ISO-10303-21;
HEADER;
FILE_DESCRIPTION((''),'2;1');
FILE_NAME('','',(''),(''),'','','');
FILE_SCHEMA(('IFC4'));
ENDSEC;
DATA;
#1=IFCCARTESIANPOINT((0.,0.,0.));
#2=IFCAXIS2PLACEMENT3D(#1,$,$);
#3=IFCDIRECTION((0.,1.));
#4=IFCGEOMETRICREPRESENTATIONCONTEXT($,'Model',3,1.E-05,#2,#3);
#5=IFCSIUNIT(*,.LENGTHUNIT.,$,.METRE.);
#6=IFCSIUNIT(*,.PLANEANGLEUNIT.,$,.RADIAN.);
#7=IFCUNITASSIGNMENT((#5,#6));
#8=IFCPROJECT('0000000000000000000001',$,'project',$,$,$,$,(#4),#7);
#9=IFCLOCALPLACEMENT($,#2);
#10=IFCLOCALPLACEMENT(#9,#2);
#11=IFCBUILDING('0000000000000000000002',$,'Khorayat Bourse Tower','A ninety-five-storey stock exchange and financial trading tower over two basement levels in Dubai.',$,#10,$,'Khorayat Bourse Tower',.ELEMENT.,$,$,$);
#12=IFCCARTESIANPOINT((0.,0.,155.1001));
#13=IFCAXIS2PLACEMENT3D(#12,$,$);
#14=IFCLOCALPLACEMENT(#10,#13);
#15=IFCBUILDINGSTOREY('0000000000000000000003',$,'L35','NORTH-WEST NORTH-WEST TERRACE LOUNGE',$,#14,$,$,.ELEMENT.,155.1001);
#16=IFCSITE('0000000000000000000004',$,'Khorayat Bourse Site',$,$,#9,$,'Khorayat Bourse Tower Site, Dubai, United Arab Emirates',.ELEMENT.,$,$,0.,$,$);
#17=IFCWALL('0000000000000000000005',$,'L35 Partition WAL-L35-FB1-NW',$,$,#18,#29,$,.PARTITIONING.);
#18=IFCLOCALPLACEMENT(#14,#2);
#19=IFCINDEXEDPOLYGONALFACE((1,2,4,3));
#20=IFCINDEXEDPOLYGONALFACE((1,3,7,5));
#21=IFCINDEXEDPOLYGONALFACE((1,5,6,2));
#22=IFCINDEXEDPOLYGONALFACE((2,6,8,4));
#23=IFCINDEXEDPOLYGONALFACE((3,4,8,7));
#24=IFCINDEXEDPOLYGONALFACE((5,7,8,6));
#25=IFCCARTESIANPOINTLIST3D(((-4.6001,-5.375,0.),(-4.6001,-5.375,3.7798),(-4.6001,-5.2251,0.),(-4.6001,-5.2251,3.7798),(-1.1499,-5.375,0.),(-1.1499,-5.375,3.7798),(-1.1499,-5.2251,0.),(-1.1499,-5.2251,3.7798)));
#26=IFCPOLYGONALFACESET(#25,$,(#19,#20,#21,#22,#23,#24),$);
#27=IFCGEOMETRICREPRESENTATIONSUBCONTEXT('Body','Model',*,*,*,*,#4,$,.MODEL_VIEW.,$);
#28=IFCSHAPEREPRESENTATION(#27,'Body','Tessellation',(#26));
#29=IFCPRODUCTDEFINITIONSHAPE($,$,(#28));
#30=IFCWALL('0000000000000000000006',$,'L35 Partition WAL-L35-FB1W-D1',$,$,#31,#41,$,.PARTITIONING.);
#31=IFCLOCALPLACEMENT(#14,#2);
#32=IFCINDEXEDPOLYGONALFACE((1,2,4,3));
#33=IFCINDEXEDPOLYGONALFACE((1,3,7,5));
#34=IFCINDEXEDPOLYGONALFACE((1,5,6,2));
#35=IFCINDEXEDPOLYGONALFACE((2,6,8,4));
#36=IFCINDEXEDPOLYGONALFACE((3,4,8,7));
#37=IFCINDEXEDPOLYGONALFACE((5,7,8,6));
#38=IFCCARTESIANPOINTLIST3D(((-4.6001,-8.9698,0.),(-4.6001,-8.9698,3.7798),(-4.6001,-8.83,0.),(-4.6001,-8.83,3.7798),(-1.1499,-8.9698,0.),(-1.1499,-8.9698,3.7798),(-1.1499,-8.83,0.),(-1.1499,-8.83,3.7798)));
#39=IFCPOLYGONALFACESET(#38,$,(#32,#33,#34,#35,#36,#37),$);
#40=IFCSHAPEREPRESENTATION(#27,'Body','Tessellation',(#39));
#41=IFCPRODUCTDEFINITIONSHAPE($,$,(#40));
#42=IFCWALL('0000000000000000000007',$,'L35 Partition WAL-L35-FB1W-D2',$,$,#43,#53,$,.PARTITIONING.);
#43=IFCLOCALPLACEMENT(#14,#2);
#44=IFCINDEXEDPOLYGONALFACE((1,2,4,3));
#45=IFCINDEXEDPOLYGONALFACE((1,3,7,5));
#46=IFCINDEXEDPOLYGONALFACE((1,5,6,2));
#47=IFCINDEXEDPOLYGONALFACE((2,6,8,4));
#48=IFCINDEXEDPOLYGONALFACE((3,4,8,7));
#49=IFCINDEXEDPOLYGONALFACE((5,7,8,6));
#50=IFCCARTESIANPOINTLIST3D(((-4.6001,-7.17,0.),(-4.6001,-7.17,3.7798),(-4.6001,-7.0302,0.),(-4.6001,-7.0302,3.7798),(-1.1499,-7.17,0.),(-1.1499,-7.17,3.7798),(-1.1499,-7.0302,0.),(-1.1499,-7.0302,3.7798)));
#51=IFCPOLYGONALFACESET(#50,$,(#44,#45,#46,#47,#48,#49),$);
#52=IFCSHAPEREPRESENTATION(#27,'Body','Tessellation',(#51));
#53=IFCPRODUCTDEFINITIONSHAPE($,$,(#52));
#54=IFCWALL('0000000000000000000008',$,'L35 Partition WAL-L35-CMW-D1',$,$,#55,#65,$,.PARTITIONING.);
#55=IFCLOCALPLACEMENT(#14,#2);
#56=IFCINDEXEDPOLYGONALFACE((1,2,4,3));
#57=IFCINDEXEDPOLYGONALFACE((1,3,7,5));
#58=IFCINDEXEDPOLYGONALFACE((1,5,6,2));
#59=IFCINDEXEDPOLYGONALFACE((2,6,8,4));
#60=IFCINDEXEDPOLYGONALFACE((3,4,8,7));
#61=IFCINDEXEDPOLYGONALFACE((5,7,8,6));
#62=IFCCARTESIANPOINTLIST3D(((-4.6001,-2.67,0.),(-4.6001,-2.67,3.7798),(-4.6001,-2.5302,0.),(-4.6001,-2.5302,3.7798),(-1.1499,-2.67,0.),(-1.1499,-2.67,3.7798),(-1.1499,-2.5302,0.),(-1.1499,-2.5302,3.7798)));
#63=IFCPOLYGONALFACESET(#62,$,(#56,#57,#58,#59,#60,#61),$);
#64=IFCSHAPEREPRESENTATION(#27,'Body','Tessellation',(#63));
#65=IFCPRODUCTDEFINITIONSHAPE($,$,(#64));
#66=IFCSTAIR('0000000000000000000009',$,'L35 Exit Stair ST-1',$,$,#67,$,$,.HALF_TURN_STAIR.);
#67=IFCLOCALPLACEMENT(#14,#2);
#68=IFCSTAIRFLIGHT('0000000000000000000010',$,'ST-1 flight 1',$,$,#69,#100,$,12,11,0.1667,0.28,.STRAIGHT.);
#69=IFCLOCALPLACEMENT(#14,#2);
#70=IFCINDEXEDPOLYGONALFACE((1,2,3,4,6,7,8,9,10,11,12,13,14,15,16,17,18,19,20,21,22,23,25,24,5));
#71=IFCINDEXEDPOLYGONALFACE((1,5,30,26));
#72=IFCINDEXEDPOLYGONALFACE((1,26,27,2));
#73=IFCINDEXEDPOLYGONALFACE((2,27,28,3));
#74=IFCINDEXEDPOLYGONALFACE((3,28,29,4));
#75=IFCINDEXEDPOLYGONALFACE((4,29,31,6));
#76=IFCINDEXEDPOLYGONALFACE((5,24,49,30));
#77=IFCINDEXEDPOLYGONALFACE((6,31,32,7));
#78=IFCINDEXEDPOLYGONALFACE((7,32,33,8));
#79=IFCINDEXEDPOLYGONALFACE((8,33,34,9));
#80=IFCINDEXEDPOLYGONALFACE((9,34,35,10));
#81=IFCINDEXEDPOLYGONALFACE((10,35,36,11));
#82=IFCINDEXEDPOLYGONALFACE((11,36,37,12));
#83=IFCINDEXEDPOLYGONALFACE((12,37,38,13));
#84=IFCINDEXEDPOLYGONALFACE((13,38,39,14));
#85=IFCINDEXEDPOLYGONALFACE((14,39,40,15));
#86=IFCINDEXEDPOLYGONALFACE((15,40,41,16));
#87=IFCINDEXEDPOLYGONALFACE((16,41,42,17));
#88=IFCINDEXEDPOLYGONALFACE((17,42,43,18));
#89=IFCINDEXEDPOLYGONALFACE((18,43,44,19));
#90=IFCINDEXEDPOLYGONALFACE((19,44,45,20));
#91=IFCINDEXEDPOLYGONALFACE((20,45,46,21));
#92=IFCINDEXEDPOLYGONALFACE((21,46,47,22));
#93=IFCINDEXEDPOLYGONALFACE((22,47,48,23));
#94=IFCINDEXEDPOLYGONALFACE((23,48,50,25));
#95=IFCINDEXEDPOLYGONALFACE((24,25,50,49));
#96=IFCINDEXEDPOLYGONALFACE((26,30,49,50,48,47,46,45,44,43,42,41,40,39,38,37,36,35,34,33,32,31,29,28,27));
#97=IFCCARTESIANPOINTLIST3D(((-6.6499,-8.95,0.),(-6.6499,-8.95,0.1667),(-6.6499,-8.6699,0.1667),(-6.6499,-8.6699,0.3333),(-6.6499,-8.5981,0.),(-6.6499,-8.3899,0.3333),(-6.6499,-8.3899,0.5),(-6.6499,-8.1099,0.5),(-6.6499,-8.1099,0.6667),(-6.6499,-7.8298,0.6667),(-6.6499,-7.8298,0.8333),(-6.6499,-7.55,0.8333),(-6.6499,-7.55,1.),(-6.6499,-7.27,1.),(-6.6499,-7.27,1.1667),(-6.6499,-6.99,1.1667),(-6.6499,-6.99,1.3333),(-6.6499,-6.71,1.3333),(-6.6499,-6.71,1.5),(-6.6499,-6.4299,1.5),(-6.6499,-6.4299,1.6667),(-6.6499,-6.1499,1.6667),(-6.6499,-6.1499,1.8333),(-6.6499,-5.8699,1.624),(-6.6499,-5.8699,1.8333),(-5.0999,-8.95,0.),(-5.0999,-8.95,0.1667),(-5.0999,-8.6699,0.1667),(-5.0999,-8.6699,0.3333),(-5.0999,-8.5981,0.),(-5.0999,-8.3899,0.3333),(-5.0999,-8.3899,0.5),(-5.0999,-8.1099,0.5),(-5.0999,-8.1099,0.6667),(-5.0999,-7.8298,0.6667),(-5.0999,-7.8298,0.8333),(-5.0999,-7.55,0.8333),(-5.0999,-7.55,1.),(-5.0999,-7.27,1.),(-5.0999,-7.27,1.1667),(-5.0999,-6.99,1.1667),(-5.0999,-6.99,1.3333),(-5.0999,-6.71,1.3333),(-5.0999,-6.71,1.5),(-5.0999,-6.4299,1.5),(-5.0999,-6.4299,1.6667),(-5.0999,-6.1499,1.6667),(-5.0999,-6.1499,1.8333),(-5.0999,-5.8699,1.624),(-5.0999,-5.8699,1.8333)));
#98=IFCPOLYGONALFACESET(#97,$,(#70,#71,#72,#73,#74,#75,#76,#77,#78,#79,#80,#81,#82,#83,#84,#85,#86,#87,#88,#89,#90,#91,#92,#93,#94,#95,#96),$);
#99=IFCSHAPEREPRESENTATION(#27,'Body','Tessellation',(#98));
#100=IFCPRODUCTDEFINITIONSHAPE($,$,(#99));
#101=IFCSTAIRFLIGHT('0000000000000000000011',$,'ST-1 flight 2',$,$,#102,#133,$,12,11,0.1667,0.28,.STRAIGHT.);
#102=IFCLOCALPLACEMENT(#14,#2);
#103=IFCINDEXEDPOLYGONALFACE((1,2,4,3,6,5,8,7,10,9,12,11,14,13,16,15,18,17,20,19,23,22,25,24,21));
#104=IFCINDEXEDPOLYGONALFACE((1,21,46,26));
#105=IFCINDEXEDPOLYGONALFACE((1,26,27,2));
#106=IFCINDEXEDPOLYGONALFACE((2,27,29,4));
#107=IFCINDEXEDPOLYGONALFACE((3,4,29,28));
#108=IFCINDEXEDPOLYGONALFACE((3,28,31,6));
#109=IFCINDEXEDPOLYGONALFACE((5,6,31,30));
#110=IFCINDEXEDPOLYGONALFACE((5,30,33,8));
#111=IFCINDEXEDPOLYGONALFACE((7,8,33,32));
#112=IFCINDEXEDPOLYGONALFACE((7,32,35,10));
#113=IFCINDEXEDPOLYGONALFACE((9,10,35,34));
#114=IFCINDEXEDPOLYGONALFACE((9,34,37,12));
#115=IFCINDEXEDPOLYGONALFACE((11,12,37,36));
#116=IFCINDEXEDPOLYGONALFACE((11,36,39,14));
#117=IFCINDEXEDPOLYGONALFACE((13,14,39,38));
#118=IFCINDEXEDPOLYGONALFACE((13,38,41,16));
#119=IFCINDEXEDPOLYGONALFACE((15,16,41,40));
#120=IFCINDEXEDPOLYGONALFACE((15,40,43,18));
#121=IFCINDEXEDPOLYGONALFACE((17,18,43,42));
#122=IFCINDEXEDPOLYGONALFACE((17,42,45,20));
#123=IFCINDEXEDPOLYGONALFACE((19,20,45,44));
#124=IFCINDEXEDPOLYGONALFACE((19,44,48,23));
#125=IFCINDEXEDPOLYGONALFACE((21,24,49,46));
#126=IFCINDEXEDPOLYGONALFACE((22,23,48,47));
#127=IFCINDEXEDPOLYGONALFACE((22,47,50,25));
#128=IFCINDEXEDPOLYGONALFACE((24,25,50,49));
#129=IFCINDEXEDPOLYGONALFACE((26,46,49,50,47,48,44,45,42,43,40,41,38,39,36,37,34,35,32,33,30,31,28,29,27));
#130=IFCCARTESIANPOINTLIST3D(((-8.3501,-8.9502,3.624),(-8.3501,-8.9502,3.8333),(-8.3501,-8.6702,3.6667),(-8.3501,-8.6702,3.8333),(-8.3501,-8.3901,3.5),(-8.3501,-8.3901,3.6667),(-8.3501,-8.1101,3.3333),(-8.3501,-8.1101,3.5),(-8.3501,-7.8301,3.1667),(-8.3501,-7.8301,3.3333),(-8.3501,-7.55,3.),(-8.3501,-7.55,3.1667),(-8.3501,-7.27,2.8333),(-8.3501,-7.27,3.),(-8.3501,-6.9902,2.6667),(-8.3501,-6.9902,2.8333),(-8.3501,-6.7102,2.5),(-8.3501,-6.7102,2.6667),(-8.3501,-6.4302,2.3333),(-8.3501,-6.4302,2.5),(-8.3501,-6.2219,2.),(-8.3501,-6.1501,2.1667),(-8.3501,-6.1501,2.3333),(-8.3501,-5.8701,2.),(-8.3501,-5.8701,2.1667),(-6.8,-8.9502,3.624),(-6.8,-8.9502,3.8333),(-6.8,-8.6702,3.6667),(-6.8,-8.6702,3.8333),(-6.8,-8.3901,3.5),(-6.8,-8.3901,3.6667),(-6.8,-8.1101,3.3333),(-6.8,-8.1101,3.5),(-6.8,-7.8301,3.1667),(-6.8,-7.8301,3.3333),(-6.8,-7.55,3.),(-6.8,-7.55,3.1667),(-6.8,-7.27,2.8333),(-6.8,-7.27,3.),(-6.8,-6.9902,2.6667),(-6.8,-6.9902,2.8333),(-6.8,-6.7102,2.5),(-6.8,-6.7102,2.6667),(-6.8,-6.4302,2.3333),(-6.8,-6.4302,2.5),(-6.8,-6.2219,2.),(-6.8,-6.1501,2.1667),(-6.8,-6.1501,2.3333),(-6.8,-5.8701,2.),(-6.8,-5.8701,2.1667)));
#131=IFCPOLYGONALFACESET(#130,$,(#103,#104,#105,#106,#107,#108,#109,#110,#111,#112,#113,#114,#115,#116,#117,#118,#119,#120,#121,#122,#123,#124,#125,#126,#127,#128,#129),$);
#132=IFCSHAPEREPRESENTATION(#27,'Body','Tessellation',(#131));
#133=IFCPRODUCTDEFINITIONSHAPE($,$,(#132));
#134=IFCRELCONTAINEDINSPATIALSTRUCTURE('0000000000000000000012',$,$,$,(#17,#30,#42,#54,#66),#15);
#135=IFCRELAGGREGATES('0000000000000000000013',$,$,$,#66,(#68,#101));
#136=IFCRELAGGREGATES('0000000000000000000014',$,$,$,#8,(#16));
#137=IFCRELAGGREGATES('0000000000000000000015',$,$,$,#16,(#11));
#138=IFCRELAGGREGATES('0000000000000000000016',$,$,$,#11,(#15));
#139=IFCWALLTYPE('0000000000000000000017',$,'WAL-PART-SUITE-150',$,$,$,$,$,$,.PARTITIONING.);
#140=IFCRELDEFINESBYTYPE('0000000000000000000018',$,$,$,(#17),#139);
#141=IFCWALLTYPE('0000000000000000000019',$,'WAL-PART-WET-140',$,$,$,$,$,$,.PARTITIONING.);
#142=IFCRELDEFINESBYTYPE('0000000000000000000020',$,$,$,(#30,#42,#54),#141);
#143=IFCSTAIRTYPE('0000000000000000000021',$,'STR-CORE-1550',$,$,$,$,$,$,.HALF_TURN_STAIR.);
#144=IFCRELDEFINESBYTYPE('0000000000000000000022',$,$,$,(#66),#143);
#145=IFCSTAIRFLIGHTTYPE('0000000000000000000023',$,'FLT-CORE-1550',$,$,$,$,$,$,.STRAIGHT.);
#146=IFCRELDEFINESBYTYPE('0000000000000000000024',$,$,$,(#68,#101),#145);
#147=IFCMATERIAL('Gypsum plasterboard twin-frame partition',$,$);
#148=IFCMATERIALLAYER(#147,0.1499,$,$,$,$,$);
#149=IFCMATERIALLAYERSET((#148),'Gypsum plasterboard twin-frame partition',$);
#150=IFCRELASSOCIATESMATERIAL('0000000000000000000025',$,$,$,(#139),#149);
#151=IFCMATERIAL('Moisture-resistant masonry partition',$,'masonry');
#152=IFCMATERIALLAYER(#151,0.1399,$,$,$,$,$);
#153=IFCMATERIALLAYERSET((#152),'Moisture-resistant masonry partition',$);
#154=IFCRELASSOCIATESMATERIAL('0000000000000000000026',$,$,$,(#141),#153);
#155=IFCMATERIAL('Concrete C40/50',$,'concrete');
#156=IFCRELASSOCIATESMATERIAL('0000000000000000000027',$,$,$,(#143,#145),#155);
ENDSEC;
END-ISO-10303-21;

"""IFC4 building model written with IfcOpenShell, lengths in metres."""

from ifc_helpers import new_model, si_unit, direction, frame, frame_2d, origin, place, context, subcontext, project, spatial, polyline, rectangle, outline, extrude, source, transform, mapped, material, layer, layer_set, type_object, element, aggregate, save


model = new_model("IFC4")

# Units and contexts
model_context = context("Model", 3, precision=1e-05, world=origin(), true_north=direction((0.0, 1.0)))
body_context = subcontext(model_context, "Body", "Model", "MODEL_VIEW")
ifc_project = project(units=[si_unit("LENGTHUNIT", "METRE"), si_unit("PLANEANGLEUNIT", "RADIAN")], contexts=[model_context])

# Site, building, storey
site_placement = place(None, origin())
site = spatial("IfcSite", under=ifc_project, at=site_placement, Name="Khorayat Bourse Site", LongName="Khorayat Bourse Tower Site, Dubai, United Arab Emirates", CompositionType="ELEMENT", RefElevation=0.0)
building_placement = place(site_placement, origin())
building = spatial("IfcBuilding", under=site, at=building_placement, Name="Khorayat Bourse Tower", Description="A ninety-five-storey stock exchange and financial trading tower over two basement levels in Dubai.", LongName="Khorayat Bourse Tower", CompositionType="ELEMENT")
storey_placement = place(building_placement, frame((0.0, 0.0, 155.1001)))
storey = spatial("IfcBuildingStorey", under=building, at=storey_placement, Name="L35", Description="NORTH-WEST NORTH-WEST TERRACE LOUNGE", CompositionType="ELEMENT", Elevation=155.1001)

# Walls
ifc_material_1 = material(Name="Gypsum plasterboard twin-frame partition")
ifc_layer_1 = layer(ifc_material_1, 0.1499)
ifc_layer_set_1 = layer_set([ifc_layer_1], Name="Gypsum plasterboard twin-frame partition")
wall_type_1 = type_object("IfcWallType", Name="WAL-PART-SUITE-150", PredefinedType="PARTITIONING", material=ifc_layer_set_1)
shared_shape_1 = source(origin(), body_context, "Body", "SweptSolid", [
    extrude(rectangle(XDim=3.4502, YDim=0.1499, at=frame_2d((1.7251, 0.0))), origin(), (0.0, 0.0, 1.0), 3.7798),
])
wall_1_placement = place(storey_placement, frame((-4.6001, -5.3, 0.0), z_axis=(0.0, 0.0, 1.0), x_axis=(1.0, 0.0, 0.0)))
element("IfcWall", 1, at=wall_1_placement, inside=storey, type_object=wall_type_1, Name="L35 Partition WAL-L35-FB1-NW", PredefinedType="PARTITIONING", context=body_context, shape_type="MappedRepresentation", body=[
    mapped(shared_shape_1, transform((0.0, 0.0, 0.0), scale=1.0)),
])
ifc_material_2 = material(Name="Moisture-resistant masonry partition", Category="masonry")
ifc_layer_2 = layer(ifc_material_2, 0.1399)
ifc_layer_set_2 = layer_set([ifc_layer_2], Name="Moisture-resistant masonry partition")
wall_type_2 = type_object("IfcWallType", Name="WAL-PART-WET-140", PredefinedType="PARTITIONING", material=ifc_layer_set_2)
shared_shape_2 = source(origin(), body_context, "Body", "SweptSolid", [
    extrude(rectangle(XDim=3.4502, YDim=0.1399, at=frame_2d((1.7251, 0.0))), origin(), (0.0, 0.0, 1.0), 3.7798),
])
for number, where, z_axis, x_axis, name in (
    (2, (-4.6001, -8.8999, 0.0), (0.0, 0.0, 1.0), (1.0, 0.0, 0.0), "L35 Partition WAL-L35-FB1W-D1"),
    (3, (-4.6001, -7.1001, 0.0), (0.0, 0.0, 1.0), (1.0, 0.0, 0.0), "L35 Partition WAL-L35-FB1W-D2"),
    (4, (-4.6001, -2.6001, 0.0), (0.0, 0.0, 1.0), (1.0, 0.0, 0.0), "L35 Partition WAL-L35-CMW-D1"),
):
    element("IfcWall", number, at=place(storey_placement, frame(where, z_axis=z_axis, x_axis=x_axis)), inside=storey, type_object=wall_type_2, Name=name, PredefinedType="PARTITIONING", context=body_context, shape_type="MappedRepresentation", body=[
        mapped(shared_shape_2, transform((0.0, 0.0, 0.0), scale=1.0)),
    ])

# Stair, stair flights
ifc_material_3 = material(Name="Concrete C40/50", Category="concrete")
stair_type = type_object("IfcStairType", Name="STR-CORE-1550", PredefinedType="HALF_TURN_STAIR", material=ifc_material_3)
stair_placement = place(storey_placement, origin())
stair = element("IfcStair", 5, at=stair_placement, inside=storey, type_object=stair_type, Name="L35 Exit Stair ST-1", PredefinedType="HALF_TURN_STAIR")
stair_flight_type = type_object("IfcStairFlightType", Name="FLT-CORE-1550", PredefinedType="STRAIGHT", material=ifc_material_3)
shared_shape_3 = source(origin(), body_context, "Body", "SweptSolid", [
    extrude(outline(polyline([(0.0, 0.0), (0.0, 0.1667), (0.28, 0.1667), (0.28, 0.3333), (0.5601, 0.3333), (0.5601, 0.5), (0.8401, 0.5), (0.8401, 0.6667), (1.1201, 0.6667), (1.1201, 0.8333), (1.3999, 0.8333), (1.3999, 1.0), (1.6799, 1.0), (1.6799, 1.1667), (1.96, 1.1667), (1.96, 1.3333), (2.24, 1.3333), (2.24, 1.5), (2.52, 1.5), (2.52, 1.6667), (2.8, 1.6667), (2.8, 1.8333), (3.0801, 1.8333), (3.0801, 2.0), (3.0801, 1.624), (0.3518, 0.0), (0.0, 0.0)])), frame((0.0, 0.7749, 0.0), z_axis=(0.0, -1.0, 0.0), x_axis=(1.0, 0.0, 0.0)), (0.0, 0.0, 1.0), 1.55),
])
stair_flight_1_placement = place(storey_placement, frame((-5.875, -8.95, 0.0), z_axis=(0.0, 0.0, 1.0), x_axis=(0.0, 1.0, 0.0)))
stair_flight_1 = element("IfcStairFlight", 6, at=stair_flight_1_placement, type_object=stair_flight_type, Name="ST-1 flight 1", NumberOfRisers=12, NumberOfTreads=11, PredefinedType="STRAIGHT", RiserHeight=0.1667, TreadLength=0.28, context=body_context, shape_type="MappedRepresentation", body=[
    mapped(shared_shape_3, transform((0.0, 0.0, 0.0), scale=1.0)),
])
stair_flight_2_placement = place(storey_placement, frame((-7.575, -5.8701, 2.0), z_axis=(0.0, 0.0, 1.0), x_axis=(0.0, -1.0, 0.0)))
stair_flight_2 = element("IfcStairFlight", 7, at=stair_flight_2_placement, type_object=stair_flight_type, Name="ST-1 flight 2", NumberOfRisers=12, NumberOfTreads=11, PredefinedType="STRAIGHT", RiserHeight=0.1667, TreadLength=0.28, context=body_context, shape_type="MappedRepresentation", body=[
    mapped(shared_shape_3, transform((0.0, 0.0, 0.0), scale=1.0)),
])
aggregate(stair, [stair_flight_1, stair_flight_2])

save(model, "model.ifc")
